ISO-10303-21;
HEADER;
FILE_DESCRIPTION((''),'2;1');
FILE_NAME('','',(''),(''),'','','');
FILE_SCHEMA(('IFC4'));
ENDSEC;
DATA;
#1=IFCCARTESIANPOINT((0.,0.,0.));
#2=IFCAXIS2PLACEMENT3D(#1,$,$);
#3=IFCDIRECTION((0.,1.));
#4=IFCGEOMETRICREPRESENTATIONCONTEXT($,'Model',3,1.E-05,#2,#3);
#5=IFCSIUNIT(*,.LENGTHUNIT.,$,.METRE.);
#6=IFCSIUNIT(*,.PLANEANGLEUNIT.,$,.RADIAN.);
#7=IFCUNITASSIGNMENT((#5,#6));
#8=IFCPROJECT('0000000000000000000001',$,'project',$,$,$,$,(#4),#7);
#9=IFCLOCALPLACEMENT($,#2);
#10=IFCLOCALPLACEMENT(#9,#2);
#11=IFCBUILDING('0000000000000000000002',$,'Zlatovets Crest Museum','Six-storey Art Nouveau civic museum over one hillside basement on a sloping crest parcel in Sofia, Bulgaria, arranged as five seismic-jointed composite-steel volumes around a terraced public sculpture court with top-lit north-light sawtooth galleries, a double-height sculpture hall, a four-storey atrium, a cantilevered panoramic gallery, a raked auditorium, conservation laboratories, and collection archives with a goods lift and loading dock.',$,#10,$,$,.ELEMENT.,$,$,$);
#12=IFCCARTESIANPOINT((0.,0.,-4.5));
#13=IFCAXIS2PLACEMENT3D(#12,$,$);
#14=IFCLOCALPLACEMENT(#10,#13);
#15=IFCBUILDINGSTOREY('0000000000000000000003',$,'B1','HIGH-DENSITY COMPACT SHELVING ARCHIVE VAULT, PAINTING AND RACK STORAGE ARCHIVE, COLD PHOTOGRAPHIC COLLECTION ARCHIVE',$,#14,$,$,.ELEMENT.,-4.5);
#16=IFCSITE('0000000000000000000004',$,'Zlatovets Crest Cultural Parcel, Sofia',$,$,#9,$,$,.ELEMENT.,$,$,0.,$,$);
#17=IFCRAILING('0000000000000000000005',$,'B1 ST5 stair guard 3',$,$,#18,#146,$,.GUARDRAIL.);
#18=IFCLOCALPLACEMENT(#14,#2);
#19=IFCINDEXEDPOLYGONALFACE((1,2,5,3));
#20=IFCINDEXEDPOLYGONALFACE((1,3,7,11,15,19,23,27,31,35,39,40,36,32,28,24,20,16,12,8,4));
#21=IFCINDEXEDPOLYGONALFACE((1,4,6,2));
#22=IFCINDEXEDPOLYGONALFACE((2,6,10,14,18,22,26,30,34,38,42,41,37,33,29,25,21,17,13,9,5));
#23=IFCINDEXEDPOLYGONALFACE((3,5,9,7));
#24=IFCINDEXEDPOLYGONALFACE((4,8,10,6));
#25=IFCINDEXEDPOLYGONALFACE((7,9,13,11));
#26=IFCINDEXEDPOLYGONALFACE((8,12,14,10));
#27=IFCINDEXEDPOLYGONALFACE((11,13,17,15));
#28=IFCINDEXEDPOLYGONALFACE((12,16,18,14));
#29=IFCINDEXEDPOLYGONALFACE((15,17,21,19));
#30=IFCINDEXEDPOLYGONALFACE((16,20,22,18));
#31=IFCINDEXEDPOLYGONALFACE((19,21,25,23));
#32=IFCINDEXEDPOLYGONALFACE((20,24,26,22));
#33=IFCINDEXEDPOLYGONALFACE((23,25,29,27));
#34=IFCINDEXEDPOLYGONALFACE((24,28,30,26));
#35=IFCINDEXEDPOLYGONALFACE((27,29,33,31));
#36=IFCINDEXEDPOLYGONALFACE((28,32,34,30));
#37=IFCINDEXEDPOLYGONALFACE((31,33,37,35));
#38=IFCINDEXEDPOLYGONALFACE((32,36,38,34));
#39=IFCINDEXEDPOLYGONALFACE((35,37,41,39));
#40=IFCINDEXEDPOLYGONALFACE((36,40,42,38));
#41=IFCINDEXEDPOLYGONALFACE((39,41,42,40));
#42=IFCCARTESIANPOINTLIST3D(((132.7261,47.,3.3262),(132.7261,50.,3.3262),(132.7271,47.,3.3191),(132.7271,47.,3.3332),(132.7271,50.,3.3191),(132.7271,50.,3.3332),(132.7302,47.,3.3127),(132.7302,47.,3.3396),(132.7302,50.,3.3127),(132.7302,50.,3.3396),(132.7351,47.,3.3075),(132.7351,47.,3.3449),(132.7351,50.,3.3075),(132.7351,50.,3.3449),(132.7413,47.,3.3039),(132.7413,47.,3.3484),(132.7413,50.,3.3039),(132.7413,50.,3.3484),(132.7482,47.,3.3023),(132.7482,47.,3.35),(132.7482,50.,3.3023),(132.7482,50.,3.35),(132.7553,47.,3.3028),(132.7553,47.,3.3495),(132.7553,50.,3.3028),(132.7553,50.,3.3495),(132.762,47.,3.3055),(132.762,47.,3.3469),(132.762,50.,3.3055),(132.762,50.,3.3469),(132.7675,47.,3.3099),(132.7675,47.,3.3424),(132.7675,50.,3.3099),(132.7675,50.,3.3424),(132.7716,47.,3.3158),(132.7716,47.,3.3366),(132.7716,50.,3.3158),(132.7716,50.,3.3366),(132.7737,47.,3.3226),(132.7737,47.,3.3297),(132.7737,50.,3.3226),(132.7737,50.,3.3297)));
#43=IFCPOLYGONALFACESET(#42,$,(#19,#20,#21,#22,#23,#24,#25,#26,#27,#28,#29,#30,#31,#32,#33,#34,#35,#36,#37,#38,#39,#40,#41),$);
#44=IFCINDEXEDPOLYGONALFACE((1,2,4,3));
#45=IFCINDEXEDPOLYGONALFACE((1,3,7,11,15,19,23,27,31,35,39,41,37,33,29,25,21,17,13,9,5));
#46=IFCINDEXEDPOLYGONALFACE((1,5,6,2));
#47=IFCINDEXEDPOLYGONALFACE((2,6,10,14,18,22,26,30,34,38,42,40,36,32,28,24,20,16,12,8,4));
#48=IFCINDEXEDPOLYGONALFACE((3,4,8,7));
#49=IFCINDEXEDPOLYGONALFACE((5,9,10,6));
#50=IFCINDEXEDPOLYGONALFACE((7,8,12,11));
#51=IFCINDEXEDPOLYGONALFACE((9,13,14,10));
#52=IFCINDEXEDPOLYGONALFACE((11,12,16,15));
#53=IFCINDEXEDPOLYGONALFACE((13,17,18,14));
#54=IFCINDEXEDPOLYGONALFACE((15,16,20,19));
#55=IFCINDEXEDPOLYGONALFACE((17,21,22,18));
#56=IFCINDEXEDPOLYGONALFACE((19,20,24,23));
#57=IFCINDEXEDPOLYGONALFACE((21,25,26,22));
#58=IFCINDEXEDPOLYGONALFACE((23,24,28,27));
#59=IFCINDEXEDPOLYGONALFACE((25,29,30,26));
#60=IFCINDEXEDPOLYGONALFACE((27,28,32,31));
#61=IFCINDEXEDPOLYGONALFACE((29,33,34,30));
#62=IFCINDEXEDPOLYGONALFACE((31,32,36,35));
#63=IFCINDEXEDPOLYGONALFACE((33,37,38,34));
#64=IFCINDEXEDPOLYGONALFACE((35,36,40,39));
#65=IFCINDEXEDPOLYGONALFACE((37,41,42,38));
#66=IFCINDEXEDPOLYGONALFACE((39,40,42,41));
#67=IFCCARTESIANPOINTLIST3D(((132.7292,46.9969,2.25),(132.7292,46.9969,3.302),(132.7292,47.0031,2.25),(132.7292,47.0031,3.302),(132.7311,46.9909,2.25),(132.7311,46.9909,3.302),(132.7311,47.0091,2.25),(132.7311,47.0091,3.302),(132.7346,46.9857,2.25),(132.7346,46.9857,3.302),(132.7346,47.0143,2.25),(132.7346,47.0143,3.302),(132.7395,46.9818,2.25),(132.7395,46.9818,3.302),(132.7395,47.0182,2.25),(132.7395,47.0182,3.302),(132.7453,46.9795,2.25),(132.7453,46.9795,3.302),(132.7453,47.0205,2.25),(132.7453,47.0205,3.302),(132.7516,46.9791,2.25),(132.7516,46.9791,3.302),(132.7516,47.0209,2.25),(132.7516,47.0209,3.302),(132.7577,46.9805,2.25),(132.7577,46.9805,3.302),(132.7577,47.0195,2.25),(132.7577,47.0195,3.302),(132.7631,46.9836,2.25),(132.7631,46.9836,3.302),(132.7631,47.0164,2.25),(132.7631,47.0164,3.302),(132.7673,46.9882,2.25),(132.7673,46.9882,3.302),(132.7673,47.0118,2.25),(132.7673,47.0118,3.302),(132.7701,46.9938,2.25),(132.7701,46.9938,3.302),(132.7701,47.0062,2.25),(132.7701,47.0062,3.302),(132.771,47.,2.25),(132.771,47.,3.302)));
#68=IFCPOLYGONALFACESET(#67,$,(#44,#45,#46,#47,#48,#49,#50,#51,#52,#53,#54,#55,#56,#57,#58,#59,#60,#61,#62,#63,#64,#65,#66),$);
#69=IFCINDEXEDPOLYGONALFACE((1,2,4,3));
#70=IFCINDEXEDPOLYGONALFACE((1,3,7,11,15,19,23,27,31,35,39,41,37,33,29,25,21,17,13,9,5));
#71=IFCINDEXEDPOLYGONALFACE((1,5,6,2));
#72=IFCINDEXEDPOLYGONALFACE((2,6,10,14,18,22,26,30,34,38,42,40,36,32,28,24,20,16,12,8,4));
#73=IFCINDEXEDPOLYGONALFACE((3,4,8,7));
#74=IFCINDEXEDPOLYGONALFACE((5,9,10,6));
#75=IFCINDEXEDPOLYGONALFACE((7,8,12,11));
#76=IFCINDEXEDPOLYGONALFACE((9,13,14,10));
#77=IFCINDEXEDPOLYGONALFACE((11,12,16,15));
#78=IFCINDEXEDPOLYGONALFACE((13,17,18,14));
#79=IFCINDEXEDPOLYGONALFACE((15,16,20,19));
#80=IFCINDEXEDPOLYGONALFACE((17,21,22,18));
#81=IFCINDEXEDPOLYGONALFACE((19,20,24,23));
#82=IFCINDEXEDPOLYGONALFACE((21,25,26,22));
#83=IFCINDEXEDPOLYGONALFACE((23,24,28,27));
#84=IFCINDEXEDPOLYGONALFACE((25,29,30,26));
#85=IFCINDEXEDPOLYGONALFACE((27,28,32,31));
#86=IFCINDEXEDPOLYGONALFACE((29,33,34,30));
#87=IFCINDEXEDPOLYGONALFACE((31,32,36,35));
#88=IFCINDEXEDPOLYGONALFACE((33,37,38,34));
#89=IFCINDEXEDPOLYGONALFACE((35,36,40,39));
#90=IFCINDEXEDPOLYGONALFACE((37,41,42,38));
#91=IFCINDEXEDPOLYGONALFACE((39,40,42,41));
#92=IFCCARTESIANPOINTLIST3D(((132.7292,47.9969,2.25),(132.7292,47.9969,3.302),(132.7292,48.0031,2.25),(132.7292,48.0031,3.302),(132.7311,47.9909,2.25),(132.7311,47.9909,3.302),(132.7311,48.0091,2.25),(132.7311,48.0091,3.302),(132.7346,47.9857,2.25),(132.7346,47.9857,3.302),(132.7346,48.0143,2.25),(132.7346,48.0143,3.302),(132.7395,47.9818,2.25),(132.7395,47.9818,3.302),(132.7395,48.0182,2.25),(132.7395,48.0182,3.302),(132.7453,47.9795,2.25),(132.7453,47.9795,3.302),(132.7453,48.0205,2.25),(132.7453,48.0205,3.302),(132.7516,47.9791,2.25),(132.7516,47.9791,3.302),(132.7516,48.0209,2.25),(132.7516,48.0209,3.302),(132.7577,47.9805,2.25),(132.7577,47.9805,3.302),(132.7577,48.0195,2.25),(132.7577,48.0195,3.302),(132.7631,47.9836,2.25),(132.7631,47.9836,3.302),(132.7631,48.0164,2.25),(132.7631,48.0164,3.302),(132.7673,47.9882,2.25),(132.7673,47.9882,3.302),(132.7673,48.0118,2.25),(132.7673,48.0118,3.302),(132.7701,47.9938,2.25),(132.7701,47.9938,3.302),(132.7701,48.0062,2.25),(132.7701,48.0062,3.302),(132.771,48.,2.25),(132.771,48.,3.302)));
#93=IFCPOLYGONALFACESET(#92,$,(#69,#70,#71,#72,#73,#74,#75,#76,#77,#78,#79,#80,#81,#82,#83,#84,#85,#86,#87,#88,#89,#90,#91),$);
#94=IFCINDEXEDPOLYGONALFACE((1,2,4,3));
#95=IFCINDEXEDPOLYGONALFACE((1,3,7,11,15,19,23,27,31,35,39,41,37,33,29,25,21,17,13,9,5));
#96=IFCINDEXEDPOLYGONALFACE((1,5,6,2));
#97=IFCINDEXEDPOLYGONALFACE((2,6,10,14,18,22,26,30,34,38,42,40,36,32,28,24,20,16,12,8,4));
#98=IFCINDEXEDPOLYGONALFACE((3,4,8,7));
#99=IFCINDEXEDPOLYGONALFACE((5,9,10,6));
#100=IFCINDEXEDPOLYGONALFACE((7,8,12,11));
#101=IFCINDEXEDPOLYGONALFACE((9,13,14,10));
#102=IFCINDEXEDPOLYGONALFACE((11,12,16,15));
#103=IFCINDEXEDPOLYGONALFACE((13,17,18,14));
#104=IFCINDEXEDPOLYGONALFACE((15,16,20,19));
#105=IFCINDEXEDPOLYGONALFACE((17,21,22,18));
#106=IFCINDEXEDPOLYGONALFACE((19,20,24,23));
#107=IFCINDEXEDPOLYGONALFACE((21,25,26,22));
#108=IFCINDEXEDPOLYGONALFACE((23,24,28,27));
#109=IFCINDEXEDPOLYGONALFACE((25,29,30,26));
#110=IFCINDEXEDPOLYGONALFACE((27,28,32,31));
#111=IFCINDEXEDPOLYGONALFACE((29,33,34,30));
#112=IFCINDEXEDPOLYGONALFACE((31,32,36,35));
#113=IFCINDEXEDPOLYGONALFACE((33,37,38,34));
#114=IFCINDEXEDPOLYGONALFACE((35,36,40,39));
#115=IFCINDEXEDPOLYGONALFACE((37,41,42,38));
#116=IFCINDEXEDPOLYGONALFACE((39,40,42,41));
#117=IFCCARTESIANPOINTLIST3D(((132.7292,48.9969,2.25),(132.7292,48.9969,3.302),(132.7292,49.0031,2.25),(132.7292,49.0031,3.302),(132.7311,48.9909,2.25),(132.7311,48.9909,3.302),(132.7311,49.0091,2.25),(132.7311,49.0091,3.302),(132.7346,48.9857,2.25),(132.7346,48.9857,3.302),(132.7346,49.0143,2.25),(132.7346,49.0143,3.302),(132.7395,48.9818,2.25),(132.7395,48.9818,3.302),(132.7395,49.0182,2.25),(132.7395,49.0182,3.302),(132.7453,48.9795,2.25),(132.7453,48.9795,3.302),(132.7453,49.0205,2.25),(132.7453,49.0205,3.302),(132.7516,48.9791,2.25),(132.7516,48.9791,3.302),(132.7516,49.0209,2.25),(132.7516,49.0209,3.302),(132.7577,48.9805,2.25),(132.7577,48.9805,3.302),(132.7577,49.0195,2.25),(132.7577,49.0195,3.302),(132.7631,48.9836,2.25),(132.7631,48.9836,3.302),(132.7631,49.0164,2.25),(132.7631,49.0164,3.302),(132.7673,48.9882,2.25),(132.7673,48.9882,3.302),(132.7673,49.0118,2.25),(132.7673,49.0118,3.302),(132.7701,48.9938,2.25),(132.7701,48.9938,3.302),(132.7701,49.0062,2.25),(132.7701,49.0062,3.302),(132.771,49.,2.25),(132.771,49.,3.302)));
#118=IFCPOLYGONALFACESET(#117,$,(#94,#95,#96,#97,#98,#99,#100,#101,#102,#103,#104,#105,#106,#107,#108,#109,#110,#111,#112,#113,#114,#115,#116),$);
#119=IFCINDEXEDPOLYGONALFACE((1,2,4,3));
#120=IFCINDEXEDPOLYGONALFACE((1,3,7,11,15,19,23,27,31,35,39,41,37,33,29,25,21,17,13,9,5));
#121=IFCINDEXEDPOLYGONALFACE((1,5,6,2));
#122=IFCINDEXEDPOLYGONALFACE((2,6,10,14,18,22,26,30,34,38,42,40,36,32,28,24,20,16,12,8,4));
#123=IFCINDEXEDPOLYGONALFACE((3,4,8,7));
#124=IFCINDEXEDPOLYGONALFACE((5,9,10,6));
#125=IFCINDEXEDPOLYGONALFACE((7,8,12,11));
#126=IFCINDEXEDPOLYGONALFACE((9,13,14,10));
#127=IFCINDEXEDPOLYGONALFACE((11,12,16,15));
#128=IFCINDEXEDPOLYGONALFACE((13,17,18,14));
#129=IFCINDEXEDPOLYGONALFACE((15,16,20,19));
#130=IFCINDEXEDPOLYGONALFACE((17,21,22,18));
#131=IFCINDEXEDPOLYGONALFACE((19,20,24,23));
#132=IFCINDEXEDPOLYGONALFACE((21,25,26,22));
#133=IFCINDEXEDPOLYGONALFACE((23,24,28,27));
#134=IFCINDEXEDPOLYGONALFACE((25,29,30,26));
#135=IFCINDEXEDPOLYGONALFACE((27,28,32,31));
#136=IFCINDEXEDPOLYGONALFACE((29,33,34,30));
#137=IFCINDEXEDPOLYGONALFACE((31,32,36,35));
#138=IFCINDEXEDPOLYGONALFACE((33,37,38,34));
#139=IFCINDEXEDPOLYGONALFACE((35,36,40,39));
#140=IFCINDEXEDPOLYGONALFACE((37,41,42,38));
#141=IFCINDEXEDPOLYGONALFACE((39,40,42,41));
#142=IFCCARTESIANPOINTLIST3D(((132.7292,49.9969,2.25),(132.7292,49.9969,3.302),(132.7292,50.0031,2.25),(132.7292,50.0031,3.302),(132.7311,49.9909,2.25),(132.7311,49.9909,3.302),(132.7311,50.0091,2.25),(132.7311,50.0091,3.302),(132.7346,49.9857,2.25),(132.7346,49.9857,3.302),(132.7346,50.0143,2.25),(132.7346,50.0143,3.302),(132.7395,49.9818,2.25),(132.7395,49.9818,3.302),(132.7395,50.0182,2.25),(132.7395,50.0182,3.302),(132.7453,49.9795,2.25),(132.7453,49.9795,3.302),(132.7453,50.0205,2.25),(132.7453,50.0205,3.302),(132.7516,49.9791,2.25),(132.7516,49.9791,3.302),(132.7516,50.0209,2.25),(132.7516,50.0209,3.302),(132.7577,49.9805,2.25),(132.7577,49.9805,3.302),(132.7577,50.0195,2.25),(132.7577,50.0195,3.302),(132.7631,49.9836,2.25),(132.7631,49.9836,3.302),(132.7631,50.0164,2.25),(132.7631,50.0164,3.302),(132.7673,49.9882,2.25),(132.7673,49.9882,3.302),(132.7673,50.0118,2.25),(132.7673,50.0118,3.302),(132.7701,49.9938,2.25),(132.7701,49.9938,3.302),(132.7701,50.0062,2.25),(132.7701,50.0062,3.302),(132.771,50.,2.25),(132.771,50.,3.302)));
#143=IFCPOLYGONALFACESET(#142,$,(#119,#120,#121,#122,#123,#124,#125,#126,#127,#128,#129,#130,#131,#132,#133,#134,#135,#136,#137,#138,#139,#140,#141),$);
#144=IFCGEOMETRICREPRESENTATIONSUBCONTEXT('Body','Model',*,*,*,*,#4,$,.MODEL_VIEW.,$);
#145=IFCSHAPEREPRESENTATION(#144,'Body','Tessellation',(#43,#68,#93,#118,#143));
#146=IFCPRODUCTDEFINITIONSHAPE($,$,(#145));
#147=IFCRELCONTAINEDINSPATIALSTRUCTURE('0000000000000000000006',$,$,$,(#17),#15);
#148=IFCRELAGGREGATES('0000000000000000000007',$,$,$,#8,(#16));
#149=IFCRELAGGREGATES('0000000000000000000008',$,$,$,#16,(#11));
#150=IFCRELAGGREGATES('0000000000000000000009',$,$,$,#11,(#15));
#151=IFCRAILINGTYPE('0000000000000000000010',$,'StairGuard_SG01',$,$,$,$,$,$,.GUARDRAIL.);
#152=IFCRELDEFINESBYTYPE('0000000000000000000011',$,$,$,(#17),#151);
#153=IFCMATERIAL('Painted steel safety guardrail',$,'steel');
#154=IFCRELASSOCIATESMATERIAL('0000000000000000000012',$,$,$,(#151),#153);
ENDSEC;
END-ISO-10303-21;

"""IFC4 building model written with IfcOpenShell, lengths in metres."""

from ifc_helpers import new_model, si_unit, direction, frame, origin, origin_2d, place, context, subcontext, project, spatial, circle, extrude, material, type_object, element, save


model = new_model("IFC4")

# Units and contexts
model_context = context("Model", 3, precision=1e-05, world=origin(), true_north=direction((0.0, 1.0)))
body_context = subcontext(model_context, "Body", "Model", "MODEL_VIEW")
ifc_project = project(units=[si_unit("LENGTHUNIT", "METRE"), si_unit("PLANEANGLEUNIT", "RADIAN")], contexts=[model_context])

# Site, building, storey
site_placement = place(None, origin())
site = spatial("IfcSite", under=ifc_project, at=site_placement, Name="Zlatovets Crest Cultural Parcel, Sofia", CompositionType="ELEMENT", RefElevation=0.0)
building_placement = place(site_placement, origin())
building = spatial("IfcBuilding", under=site, at=building_placement, Name="Zlatovets Crest Museum", Description="Six-storey Art Nouveau civic museum over one hillside basement on a sloping crest parcel in Sofia, Bulgaria, arranged as five seismic-jointed composite-steel volumes around a terraced public sculpture court with top-lit north-light sawtooth galleries, a double-height sculpture hall, a four-storey atrium, a cantilevered panoramic gallery, a raked auditorium, conservation laboratories, and collection archives with a goods lift and loading dock.", CompositionType="ELEMENT")
storey_placement = place(building_placement, frame((0.0, 0.0, -4.5)))
storey = spatial("IfcBuildingStorey", under=building, at=storey_placement, Name="B1", Description="HIGH-DENSITY COMPACT SHELVING ARCHIVE VAULT, PAINTING AND RACK STORAGE ARCHIVE, COLD PHOTOGRAPHIC COLLECTION ARCHIVE", CompositionType="ELEMENT", Elevation=-4.5)

# Railing
ifc_material_1 = material(Name="Painted steel safety guardrail", Category="steel")
railing_type_1 = type_object("IfcRailingType", Name="StairGuard_SG01", PredefinedType="GUARDRAIL", material=ifc_material_1)
for number, where, name in (
    (1, (132.75, 47.0, 2.25), "B1 ST5 stair guard 3"),
):
    element("IfcRailing", number, at=place(storey_placement, frame(where)), inside=storey, type_object=railing_type_1, Name=name, PredefinedType="GUARDRAIL", context=body_context, shape_type="SweptSolid", body=[
        extrude(circle(Radius=0.0239, at=origin_2d()), frame((0.0, 0.0, 1.0762), z_axis=(0.0, 1.0, 0.0), x_axis=(-1.0, 0.0, 0.0)), (0.0, 0.0, 1.0), 3.0),
        extrude(circle(Radius=0.021, at=origin_2d()), origin(), (0.0, 0.0, 1.0), 1.052),
        extrude(circle(Radius=0.021, at=origin_2d()), frame((0.0, 1.0, 0.0)), (0.0, 0.0, 1.0), 1.052),
        extrude(circle(Radius=0.021, at=origin_2d()), frame((0.0, 2.0, 0.0)), (0.0, 0.0, 1.0), 1.052),
        extrude(circle(Radius=0.021, at=origin_2d()), frame((0.0, 3.0, 0.0)), (0.0, 0.0, 1.0), 1.052),
    ])

save(model, "model.ifc")
